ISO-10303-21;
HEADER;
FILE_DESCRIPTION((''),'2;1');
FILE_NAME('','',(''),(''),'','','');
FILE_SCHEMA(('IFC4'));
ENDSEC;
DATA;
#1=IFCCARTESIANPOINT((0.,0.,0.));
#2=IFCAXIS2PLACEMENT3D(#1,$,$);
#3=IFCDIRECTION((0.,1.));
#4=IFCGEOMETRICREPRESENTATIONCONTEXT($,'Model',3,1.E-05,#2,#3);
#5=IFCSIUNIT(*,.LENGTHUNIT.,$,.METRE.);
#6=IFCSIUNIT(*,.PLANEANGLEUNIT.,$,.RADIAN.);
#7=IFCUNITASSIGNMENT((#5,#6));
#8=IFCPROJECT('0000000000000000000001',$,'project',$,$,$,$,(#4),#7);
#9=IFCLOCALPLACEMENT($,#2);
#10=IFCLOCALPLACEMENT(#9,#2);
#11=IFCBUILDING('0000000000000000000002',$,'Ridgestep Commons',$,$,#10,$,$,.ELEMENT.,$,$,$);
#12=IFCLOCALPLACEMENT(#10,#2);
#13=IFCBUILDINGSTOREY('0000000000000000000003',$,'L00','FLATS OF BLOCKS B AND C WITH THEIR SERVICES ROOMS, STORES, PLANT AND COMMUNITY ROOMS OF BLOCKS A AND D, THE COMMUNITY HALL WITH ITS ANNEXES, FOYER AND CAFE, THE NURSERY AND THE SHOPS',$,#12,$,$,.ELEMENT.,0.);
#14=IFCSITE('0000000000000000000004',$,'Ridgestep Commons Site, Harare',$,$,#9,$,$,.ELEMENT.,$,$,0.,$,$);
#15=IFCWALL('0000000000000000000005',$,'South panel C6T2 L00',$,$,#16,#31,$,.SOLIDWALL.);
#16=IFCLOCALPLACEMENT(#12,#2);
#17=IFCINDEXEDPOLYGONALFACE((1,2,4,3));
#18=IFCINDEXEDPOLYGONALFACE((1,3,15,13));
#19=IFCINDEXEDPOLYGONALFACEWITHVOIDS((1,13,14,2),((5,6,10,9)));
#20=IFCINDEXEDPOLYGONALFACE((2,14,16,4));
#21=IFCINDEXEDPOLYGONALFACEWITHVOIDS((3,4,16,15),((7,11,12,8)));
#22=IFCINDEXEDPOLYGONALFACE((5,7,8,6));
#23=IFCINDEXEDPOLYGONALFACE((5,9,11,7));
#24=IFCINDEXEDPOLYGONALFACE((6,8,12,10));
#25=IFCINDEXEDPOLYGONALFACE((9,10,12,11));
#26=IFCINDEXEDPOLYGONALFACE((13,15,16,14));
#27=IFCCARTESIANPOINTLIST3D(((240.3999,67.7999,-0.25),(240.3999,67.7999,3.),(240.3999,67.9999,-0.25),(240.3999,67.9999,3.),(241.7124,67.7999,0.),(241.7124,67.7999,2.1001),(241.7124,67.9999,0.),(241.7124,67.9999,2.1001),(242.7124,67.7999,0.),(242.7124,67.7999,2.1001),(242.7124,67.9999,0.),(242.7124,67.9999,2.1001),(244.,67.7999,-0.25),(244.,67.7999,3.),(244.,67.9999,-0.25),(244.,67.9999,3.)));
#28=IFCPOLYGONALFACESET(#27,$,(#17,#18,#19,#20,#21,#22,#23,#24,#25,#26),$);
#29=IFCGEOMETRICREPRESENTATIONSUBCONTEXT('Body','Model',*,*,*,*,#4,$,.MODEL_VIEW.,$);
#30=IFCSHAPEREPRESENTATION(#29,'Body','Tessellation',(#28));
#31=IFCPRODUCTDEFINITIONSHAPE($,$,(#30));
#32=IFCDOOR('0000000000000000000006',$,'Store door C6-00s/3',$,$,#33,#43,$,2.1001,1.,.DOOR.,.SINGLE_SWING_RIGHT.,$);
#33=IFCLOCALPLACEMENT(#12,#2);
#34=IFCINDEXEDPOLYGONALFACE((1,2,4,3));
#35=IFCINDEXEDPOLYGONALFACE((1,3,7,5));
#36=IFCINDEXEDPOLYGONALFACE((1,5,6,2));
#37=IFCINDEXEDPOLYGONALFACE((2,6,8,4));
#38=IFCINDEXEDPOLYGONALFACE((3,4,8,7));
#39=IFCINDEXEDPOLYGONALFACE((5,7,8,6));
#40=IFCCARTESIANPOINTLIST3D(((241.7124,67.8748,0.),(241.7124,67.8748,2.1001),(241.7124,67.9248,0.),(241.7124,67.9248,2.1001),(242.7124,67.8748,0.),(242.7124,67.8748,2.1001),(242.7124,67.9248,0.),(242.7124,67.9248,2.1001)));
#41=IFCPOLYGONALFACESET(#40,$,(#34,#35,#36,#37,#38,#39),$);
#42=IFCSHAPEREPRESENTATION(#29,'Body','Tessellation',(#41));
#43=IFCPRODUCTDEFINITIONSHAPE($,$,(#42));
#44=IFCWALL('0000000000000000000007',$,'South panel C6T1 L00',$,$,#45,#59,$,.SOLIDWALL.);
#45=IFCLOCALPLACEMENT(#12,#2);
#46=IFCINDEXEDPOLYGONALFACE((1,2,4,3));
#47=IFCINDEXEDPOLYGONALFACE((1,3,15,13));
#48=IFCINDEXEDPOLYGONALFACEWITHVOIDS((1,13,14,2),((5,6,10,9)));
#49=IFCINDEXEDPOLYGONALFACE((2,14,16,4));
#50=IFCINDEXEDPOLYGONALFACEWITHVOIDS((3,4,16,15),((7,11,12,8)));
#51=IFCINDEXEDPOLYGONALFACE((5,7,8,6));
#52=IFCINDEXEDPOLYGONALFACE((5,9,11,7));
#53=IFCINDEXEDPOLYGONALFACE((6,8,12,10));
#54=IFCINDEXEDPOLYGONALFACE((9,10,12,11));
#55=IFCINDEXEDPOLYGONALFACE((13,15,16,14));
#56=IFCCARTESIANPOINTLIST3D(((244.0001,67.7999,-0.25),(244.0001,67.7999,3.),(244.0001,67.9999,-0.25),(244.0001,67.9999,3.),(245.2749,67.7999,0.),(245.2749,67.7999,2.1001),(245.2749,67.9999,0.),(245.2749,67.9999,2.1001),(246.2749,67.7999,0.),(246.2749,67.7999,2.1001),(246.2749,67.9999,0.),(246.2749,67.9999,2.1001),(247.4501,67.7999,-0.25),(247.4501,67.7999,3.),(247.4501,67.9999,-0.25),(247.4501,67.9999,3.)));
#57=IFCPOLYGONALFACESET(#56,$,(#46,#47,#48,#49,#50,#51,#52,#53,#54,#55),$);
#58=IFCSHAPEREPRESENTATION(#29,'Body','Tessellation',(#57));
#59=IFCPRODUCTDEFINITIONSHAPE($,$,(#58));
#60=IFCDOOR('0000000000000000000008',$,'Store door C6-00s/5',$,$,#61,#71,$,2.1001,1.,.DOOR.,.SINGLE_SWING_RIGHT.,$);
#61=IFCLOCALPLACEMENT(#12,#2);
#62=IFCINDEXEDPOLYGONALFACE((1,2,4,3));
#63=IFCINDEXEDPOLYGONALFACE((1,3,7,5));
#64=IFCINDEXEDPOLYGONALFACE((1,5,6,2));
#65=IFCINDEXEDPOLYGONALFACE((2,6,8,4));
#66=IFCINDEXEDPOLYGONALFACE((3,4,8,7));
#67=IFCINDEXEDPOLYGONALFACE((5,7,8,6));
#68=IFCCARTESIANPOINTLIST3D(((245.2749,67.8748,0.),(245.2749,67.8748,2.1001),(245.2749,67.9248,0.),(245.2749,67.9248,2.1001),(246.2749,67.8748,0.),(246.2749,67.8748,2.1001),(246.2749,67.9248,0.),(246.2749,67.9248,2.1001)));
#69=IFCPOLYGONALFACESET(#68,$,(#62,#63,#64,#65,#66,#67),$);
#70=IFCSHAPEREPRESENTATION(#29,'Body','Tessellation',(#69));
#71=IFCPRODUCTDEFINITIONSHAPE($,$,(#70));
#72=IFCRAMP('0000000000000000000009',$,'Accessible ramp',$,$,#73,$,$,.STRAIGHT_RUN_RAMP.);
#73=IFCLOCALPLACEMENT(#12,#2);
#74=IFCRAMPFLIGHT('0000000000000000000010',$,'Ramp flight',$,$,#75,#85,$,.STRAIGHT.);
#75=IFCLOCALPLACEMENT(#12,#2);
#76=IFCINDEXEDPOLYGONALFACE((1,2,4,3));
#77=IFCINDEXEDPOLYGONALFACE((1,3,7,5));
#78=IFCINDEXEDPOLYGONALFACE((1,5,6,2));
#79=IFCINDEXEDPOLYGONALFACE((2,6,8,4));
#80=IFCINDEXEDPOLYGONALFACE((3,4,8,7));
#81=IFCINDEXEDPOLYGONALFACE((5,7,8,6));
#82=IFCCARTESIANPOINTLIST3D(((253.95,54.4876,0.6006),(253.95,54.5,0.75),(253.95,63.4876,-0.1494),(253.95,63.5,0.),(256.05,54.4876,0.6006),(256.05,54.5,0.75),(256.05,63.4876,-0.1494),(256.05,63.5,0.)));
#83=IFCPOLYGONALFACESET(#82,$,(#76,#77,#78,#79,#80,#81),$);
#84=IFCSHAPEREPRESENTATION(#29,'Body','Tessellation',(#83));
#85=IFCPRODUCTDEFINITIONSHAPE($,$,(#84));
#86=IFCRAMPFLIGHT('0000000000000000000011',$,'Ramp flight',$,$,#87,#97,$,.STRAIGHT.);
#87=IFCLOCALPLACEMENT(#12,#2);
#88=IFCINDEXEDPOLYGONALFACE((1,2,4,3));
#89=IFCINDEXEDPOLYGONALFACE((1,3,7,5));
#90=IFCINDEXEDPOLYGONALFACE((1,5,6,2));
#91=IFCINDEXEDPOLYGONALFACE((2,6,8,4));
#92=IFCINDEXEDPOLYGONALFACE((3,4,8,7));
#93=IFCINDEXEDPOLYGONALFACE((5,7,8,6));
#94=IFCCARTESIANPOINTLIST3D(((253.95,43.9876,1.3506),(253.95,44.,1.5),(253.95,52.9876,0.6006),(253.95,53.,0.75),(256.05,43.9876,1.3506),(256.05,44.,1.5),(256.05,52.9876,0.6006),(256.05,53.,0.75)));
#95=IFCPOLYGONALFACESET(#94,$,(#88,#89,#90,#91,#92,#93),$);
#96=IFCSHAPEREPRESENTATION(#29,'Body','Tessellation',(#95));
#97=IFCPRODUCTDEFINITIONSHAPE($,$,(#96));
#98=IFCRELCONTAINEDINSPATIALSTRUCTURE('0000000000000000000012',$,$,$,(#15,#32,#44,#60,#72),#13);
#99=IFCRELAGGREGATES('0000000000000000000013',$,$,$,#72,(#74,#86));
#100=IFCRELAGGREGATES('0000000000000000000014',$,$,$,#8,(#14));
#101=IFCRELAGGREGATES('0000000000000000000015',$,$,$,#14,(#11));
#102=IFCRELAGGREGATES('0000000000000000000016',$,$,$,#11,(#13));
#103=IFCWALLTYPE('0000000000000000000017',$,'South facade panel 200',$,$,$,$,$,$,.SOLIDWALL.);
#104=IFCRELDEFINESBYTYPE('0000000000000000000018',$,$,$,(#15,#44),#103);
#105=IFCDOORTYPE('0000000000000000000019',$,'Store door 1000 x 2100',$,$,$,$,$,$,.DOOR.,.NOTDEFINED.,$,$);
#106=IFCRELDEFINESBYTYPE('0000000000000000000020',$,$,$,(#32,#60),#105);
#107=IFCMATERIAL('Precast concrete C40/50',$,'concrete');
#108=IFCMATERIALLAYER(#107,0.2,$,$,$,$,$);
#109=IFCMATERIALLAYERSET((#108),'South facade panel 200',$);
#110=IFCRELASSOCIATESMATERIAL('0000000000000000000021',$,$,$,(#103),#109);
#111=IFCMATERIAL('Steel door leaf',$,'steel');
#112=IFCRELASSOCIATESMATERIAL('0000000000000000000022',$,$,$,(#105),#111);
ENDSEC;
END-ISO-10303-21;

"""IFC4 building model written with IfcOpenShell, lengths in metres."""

from ifc_helpers import new_model, si_unit, direction, frame, frame_2d, origin, place, context, subcontext, project, spatial, polyline, rectangle, outline, extrude, material, layer, layer_set, type_object, element, fill, aggregate, save


model = new_model("IFC4")

# Units and contexts
model_context = context("Model", 3, precision=1e-05, world=origin(), true_north=direction((0.0, 1.0)))
body_context = subcontext(model_context, "Body", "Model", "MODEL_VIEW")
ifc_project = project(units=[si_unit("LENGTHUNIT", "METRE"), si_unit("PLANEANGLEUNIT", "RADIAN")], contexts=[model_context])

# Site, building, storey
site_placement = place(None, origin())
site = spatial("IfcSite", under=ifc_project, at=site_placement, Name="Ridgestep Commons Site, Harare", CompositionType="ELEMENT", RefElevation=0.0)
building_placement = place(site_placement, origin())
building = spatial("IfcBuilding", under=site, at=building_placement, Name="Ridgestep Commons", CompositionType="ELEMENT")
storey_placement = place(building_placement, origin())
storey = spatial("IfcBuildingStorey", under=building, at=storey_placement, Name="L00", Description="FLATS OF BLOCKS B AND C WITH THEIR SERVICES ROOMS, STORES, PLANT AND COMMUNITY ROOMS OF BLOCKS A AND D, THE COMMUNITY HALL WITH ITS ANNEXES, FOYER AND CAFE, THE NURSERY AND THE SHOPS", CompositionType="ELEMENT", Elevation=0.0)

# Walls, openings, doors
ifc_material_1 = material(Name="Precast concrete C40/50", Category="concrete")
ifc_layer_1 = layer(ifc_material_1, 0.2)
ifc_layer_set_1 = layer_set([ifc_layer_1], Name="South facade panel 200")
wall_type_1 = type_object("IfcWallType", Name="South facade panel 200", PredefinedType="SOLIDWALL", material=ifc_layer_set_1)
ifc_material_2 = material(Name="Steel door leaf", Category="steel")
door_type = type_object("IfcDoorType", Name="Store door 1000 x 2100", OperationType="NOTDEFINED", PredefinedType="DOOR", material=ifc_material_2)
wall_1_placement = place(storey_placement, frame((240.3999, 67.8999, -0.25), z_axis=(0.0, 0.0, 1.0), x_axis=(1.0, 0.0, 0.0)))
wall_1 = element("IfcWall", 1, at=wall_1_placement, inside=storey, type_object=wall_type_1, Name="South panel C6T2 L00", PredefinedType="SOLIDWALL", context=body_context, shape_type="SweptSolid", body=[
    extrude(rectangle(XDim=3.6001, YDim=0.2, at=frame_2d((1.8, 0.0))), origin(), (0.0, 0.0, 1.0), 3.25),
])
opening_1_placement = place(wall_1_placement, frame((1.3125, 0.0, 0.25)))
opening_1 = element("IfcOpeningElement", 2, at=opening_1_placement, cuts=wall_1, PredefinedType="OPENING", context=body_context, shape_type="SweptSolid", body=[
    extrude(rectangle(XDim=1.0, YDim=2.1001, at=frame_2d((0.5, 1.05))), frame((0.0, 0.1099, 0.0), z_axis=(0.0, -1.0, 0.0), x_axis=(1.0, 0.0, 0.0)), (0.0, 0.0, 1.0), 0.22),
])
door_1_placement = place(opening_1_placement, origin())
door_1 = element("IfcDoor", 3, at=door_1_placement, inside=storey, type_object=door_type, Name="Store door C6-00s/3", OperationType="SINGLE_SWING_RIGHT", OverallHeight=2.1001, OverallWidth=1.0, PredefinedType="DOOR", context=body_context, shape_type="SweptSolid", body=[
    extrude(rectangle(XDim=1.0, YDim=2.1001, at=frame_2d((0.5, 1.05))), frame((0.0, 0.0249, 0.0), z_axis=(0.0, -1.0, 0.0), x_axis=(1.0, 0.0, 0.0)), (0.0, 0.0, 1.0), 0.05),
])
fill(opening_1, door_1)
wall_2_placement = place(storey_placement, frame((244.0, 67.8999, -0.25), z_axis=(0.0, 0.0, 1.0), x_axis=(1.0, 0.0, 0.0)))
wall_2 = element("IfcWall", 4, at=wall_2_placement, inside=storey, type_object=wall_type_1, Name="South panel C6T1 L00", PredefinedType="SOLIDWALL", context=body_context, shape_type="SweptSolid", body=[
    extrude(rectangle(XDim=3.45, YDim=0.2, at=frame_2d((1.7251, 0.0))), origin(), (0.0, 0.0, 1.0), 3.25),
])
opening_2_placement = place(wall_2_placement, frame((1.2749, 0.0, 0.25)))
opening_2 = element("IfcOpeningElement", 5, at=opening_2_placement, cuts=wall_2, PredefinedType="OPENING", context=body_context, shape_type="SweptSolid", body=[
    extrude(rectangle(XDim=1.0, YDim=2.1001, at=frame_2d((0.5, 1.05))), frame((0.0, 0.1099, 0.0), z_axis=(0.0, -1.0, 0.0), x_axis=(1.0, 0.0, 0.0)), (0.0, 0.0, 1.0), 0.22),
])
door_2_placement = place(opening_2_placement, origin())
door_2 = element("IfcDoor", 6, at=door_2_placement, inside=storey, type_object=door_type, Name="Store door C6-00s/5", OperationType="SINGLE_SWING_RIGHT", OverallHeight=2.1001, OverallWidth=1.0, PredefinedType="DOOR", context=body_context, shape_type="SweptSolid", body=[
    extrude(rectangle(XDim=1.0, YDim=2.1001, at=frame_2d((0.5, 1.05))), frame((0.0, 0.0249, 0.0), z_axis=(0.0, -1.0, 0.0), x_axis=(1.0, 0.0, 0.0)), (0.0, 0.0, 1.0), 0.05),
])
fill(opening_2, door_2)

# Ramp, ramp flights
ramp_placement = place(storey_placement, origin())
ramp = element("IfcRamp", 7, at=ramp_placement, inside=storey, Name="Accessible ramp", PredefinedType="STRAIGHT_RUN_RAMP")
ramp_flight_1_placement = place(storey_placement, frame((253.95, 63.5, 0.0), z_axis=(0.0, 0.083045, 0.996546), x_axis=(1.0, 0.0, 0.0)))
ramp_flight_1 = element("IfcRampFlight", 8, at=ramp_flight_1_placement, Name="Ramp flight", PredefinedType="STRAIGHT", context=body_context, shape_type="SweptSolid", body=[
    extrude(outline(polyline([(0.0, 0.0), (2.1001, 0.0), (2.1001, -9.0312), (0.0, -9.0312), (0.0, 0.0)])), origin(), (0.0, 0.0, -1.0), 0.1499),
])
ramp_flight_2_placement = place(storey_placement, frame((253.95, 53.0, 0.75), z_axis=(0.0, 0.083045, 0.996546), x_axis=(1.0, 0.0, 0.0)))
ramp_flight_2 = element("IfcRampFlight", 9, at=ramp_flight_2_placement, Name="Ramp flight", PredefinedType="STRAIGHT", context=body_context, shape_type="SweptSolid", body=[
    extrude(outline(polyline([(0.0, 0.0), (2.1001, 0.0), (2.1001, -9.0312), (0.0, -9.0312), (0.0, 0.0)])), origin(), (0.0, 0.0, -1.0), 0.1499),
])
aggregate(ramp, [ramp_flight_1, ramp_flight_2])

save(model, "model.ifc")
